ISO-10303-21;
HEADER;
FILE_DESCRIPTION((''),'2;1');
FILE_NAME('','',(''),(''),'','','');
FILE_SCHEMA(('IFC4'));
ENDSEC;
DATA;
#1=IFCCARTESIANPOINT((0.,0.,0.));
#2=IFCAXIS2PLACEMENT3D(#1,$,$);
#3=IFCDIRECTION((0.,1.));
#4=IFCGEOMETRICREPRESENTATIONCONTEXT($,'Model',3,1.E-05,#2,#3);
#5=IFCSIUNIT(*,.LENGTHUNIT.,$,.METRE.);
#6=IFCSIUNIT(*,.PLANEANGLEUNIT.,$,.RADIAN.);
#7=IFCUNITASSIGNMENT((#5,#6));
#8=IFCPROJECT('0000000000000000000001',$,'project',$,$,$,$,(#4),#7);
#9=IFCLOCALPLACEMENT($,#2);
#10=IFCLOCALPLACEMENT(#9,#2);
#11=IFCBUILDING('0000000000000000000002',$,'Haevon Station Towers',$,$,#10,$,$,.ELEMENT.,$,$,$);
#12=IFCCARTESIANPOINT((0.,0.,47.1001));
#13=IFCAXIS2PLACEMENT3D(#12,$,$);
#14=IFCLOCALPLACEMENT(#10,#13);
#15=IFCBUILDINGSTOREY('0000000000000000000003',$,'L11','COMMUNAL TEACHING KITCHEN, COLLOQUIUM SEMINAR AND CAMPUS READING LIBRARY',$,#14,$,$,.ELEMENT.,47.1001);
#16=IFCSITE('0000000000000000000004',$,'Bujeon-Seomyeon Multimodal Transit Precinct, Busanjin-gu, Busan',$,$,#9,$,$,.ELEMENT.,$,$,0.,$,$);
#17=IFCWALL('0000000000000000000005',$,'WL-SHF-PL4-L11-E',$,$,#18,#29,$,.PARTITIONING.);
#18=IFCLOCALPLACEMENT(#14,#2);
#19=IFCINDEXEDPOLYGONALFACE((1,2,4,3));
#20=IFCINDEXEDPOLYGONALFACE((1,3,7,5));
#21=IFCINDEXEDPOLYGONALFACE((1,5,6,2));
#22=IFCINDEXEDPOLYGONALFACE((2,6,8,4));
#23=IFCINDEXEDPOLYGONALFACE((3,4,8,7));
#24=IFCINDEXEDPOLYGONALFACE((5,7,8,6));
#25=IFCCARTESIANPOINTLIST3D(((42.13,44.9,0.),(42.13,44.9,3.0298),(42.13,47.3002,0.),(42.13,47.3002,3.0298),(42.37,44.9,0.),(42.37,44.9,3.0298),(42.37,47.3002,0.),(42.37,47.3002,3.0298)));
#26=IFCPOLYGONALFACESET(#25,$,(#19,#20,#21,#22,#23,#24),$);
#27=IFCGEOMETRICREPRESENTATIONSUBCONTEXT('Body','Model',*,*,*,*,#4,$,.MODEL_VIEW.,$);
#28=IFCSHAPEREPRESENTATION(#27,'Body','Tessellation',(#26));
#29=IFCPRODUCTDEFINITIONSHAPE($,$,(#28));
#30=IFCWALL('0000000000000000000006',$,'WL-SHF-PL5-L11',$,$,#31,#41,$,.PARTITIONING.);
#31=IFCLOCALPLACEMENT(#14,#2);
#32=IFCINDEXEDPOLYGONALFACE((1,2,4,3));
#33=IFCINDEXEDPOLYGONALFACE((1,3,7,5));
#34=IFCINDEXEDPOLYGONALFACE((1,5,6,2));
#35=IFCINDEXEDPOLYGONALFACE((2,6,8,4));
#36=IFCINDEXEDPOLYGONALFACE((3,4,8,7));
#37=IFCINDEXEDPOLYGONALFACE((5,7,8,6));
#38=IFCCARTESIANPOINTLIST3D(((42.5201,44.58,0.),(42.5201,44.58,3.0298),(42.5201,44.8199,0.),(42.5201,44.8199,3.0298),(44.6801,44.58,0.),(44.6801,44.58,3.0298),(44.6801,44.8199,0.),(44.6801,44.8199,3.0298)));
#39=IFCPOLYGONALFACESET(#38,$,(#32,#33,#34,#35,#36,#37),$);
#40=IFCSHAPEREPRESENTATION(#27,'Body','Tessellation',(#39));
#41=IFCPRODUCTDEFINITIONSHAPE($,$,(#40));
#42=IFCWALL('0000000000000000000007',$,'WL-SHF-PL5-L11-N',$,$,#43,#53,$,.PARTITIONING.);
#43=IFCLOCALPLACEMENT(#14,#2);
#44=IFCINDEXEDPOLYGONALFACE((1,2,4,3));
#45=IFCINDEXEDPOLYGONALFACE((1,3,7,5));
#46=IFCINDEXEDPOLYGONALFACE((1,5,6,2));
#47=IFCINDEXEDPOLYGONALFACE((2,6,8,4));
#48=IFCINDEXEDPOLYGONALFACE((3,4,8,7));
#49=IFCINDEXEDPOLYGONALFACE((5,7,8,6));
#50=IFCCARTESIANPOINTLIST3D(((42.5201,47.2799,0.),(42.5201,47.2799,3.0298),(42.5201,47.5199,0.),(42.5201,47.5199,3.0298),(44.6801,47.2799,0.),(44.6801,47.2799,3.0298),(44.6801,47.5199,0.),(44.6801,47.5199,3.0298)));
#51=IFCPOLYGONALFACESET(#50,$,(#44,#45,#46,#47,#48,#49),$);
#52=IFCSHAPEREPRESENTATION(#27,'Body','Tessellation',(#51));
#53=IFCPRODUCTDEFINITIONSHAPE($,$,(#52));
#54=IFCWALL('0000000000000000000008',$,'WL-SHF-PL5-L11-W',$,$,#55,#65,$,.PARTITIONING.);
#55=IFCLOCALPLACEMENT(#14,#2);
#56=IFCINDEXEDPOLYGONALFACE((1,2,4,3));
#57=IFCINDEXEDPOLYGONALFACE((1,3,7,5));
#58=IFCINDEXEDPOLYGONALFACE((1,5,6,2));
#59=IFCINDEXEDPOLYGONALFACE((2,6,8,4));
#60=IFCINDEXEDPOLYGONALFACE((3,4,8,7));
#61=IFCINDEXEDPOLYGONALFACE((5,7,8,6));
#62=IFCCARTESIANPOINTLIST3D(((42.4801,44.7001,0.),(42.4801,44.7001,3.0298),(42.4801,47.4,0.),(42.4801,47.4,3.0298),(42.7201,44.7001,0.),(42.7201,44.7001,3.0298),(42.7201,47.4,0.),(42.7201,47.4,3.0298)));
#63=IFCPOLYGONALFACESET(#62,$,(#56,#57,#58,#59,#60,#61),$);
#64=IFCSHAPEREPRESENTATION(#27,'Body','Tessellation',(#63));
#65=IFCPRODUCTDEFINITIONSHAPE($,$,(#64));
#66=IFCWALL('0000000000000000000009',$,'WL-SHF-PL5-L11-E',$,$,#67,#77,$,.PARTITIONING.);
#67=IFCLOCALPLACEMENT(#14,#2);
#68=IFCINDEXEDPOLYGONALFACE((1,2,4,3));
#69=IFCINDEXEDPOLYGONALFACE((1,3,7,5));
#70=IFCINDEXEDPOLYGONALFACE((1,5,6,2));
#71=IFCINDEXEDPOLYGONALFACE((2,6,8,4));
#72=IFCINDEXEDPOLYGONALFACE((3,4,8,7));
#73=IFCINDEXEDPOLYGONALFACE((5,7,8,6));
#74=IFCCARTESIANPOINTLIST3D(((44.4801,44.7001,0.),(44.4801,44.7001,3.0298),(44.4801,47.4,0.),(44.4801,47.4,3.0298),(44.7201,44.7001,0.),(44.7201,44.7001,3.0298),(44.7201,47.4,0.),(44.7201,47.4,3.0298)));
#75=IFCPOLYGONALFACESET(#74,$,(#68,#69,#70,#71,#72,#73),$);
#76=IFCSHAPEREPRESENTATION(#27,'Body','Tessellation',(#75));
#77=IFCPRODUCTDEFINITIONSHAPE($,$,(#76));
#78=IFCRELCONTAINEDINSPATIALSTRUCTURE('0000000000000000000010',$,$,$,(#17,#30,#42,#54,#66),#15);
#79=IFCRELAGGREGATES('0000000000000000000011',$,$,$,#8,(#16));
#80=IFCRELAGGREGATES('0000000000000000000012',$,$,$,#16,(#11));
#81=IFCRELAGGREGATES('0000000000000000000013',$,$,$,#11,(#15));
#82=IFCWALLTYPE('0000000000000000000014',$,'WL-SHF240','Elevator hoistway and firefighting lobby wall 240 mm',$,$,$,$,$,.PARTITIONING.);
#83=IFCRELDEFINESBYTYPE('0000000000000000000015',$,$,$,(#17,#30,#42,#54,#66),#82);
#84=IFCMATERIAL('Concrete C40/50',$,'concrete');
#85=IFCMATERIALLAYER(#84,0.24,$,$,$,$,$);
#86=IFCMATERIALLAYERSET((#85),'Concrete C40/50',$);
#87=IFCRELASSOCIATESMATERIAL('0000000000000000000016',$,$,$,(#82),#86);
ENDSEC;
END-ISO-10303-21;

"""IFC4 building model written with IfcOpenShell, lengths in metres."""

from ifc_helpers import new_model, si_unit, direction, frame, frame_2d, origin, place, context, subcontext, project, spatial, rectangle, extrude, material, layer, layer_set, type_object, element, save


model = new_model("IFC4")

# Units and contexts
model_context = context("Model", 3, precision=1e-05, world=origin(), true_north=direction((0.0, 1.0)))
body_context = subcontext(model_context, "Body", "Model", "MODEL_VIEW")
ifc_project = project(units=[si_unit("LENGTHUNIT", "METRE"), si_unit("PLANEANGLEUNIT", "RADIAN")], contexts=[model_context])

# Site, building, storey
site_placement = place(None, origin())
site = spatial("IfcSite", under=ifc_project, at=site_placement, Name="Bujeon-Seomyeon Multimodal Transit Precinct, Busanjin-gu, Busan", CompositionType="ELEMENT", RefElevation=0.0)
building_placement = place(site_placement, origin())
building = spatial("IfcBuilding", under=site, at=building_placement, Name="Haevon Station Towers", CompositionType="ELEMENT")
storey_placement = place(building_placement, frame((0.0, 0.0, 47.1001)))
storey = spatial("IfcBuildingStorey", under=building, at=storey_placement, Name="L11", Description="COMMUNAL TEACHING KITCHEN, COLLOQUIUM SEMINAR AND CAMPUS READING LIBRARY", CompositionType="ELEMENT", Elevation=47.1001)

# Shared definitions
ifc_material_1 = material(Name="Concrete C40/50", Category="concrete")
ifc_layer_1 = layer(ifc_material_1, 0.24)
ifc_layer_set_1 = layer_set([ifc_layer_1], Name="Concrete C40/50")
wall_type_1 = type_object("IfcWallType", Name="WL-SHF240", Description="Elevator hoistway and firefighting lobby wall 240 mm", PredefinedType="PARTITIONING", material=ifc_layer_set_1)

# Walls
wall_1_placement = place(storey_placement, frame((42.25, 44.8999, 0.0), z_axis=(0.0, 0.0, 1.0), x_axis=(0.0, 1.0, 0.0)))
element("IfcWall", 1, at=wall_1_placement, inside=storey, type_object=wall_type_1, Name="WL-SHF-PL4-L11-E", PredefinedType="PARTITIONING", context=body_context, shape_type="SweptSolid", body=[
    extrude(rectangle(XDim=2.4001, YDim=0.24, at=frame_2d((1.2002, 0.0))), origin(), (0.0, 0.0, 1.0), 3.0298),
])
for number, where, z_axis, x_axis, name in (
    (2, (42.52, 44.7, 0.0), (0.0, 0.0, 1.0), (1.0, 0.0, 0.0), "WL-SHF-PL5-L11"),
    (3, (42.52, 47.3999, 0.0), (0.0, 0.0, 1.0), (1.0, 0.0, 0.0), "WL-SHF-PL5-L11-N"),
):
    element("IfcWall", number, at=place(storey_placement, frame(where, z_axis=z_axis, x_axis=x_axis)), inside=storey, type_object=wall_type_1, Name=name, PredefinedType="PARTITIONING", context=body_context, shape_type="SweptSolid", body=[
        extrude(rectangle(XDim=2.1599, YDim=0.24, at=frame_2d((1.0801, 0.0))), origin(), (0.0, 0.0, 1.0), 3.0298),
    ])
for number, where, z_axis, x_axis, name in (
    (4, (42.6001, 44.7, 0.0), (0.0, 0.0, 1.0), (0.0, 1.0, 0.0), "WL-SHF-PL5-L11-W"),
    (5, (44.6001, 44.7, 0.0), (0.0, 0.0, 1.0), (0.0, 1.0, 0.0), "WL-SHF-PL5-L11-E"),
):
    element("IfcWall", number, at=place(storey_placement, frame(where, z_axis=z_axis, x_axis=x_axis)), inside=storey, type_object=wall_type_1, Name=name, PredefinedType="PARTITIONING", context=body_context, shape_type="SweptSolid", body=[
        extrude(rectangle(XDim=2.7, YDim=0.24, at=frame_2d((1.3501, 0.0))), origin(), (0.0, 0.0, 1.0), 3.0298),
    ])

save(model, "model.ifc")
